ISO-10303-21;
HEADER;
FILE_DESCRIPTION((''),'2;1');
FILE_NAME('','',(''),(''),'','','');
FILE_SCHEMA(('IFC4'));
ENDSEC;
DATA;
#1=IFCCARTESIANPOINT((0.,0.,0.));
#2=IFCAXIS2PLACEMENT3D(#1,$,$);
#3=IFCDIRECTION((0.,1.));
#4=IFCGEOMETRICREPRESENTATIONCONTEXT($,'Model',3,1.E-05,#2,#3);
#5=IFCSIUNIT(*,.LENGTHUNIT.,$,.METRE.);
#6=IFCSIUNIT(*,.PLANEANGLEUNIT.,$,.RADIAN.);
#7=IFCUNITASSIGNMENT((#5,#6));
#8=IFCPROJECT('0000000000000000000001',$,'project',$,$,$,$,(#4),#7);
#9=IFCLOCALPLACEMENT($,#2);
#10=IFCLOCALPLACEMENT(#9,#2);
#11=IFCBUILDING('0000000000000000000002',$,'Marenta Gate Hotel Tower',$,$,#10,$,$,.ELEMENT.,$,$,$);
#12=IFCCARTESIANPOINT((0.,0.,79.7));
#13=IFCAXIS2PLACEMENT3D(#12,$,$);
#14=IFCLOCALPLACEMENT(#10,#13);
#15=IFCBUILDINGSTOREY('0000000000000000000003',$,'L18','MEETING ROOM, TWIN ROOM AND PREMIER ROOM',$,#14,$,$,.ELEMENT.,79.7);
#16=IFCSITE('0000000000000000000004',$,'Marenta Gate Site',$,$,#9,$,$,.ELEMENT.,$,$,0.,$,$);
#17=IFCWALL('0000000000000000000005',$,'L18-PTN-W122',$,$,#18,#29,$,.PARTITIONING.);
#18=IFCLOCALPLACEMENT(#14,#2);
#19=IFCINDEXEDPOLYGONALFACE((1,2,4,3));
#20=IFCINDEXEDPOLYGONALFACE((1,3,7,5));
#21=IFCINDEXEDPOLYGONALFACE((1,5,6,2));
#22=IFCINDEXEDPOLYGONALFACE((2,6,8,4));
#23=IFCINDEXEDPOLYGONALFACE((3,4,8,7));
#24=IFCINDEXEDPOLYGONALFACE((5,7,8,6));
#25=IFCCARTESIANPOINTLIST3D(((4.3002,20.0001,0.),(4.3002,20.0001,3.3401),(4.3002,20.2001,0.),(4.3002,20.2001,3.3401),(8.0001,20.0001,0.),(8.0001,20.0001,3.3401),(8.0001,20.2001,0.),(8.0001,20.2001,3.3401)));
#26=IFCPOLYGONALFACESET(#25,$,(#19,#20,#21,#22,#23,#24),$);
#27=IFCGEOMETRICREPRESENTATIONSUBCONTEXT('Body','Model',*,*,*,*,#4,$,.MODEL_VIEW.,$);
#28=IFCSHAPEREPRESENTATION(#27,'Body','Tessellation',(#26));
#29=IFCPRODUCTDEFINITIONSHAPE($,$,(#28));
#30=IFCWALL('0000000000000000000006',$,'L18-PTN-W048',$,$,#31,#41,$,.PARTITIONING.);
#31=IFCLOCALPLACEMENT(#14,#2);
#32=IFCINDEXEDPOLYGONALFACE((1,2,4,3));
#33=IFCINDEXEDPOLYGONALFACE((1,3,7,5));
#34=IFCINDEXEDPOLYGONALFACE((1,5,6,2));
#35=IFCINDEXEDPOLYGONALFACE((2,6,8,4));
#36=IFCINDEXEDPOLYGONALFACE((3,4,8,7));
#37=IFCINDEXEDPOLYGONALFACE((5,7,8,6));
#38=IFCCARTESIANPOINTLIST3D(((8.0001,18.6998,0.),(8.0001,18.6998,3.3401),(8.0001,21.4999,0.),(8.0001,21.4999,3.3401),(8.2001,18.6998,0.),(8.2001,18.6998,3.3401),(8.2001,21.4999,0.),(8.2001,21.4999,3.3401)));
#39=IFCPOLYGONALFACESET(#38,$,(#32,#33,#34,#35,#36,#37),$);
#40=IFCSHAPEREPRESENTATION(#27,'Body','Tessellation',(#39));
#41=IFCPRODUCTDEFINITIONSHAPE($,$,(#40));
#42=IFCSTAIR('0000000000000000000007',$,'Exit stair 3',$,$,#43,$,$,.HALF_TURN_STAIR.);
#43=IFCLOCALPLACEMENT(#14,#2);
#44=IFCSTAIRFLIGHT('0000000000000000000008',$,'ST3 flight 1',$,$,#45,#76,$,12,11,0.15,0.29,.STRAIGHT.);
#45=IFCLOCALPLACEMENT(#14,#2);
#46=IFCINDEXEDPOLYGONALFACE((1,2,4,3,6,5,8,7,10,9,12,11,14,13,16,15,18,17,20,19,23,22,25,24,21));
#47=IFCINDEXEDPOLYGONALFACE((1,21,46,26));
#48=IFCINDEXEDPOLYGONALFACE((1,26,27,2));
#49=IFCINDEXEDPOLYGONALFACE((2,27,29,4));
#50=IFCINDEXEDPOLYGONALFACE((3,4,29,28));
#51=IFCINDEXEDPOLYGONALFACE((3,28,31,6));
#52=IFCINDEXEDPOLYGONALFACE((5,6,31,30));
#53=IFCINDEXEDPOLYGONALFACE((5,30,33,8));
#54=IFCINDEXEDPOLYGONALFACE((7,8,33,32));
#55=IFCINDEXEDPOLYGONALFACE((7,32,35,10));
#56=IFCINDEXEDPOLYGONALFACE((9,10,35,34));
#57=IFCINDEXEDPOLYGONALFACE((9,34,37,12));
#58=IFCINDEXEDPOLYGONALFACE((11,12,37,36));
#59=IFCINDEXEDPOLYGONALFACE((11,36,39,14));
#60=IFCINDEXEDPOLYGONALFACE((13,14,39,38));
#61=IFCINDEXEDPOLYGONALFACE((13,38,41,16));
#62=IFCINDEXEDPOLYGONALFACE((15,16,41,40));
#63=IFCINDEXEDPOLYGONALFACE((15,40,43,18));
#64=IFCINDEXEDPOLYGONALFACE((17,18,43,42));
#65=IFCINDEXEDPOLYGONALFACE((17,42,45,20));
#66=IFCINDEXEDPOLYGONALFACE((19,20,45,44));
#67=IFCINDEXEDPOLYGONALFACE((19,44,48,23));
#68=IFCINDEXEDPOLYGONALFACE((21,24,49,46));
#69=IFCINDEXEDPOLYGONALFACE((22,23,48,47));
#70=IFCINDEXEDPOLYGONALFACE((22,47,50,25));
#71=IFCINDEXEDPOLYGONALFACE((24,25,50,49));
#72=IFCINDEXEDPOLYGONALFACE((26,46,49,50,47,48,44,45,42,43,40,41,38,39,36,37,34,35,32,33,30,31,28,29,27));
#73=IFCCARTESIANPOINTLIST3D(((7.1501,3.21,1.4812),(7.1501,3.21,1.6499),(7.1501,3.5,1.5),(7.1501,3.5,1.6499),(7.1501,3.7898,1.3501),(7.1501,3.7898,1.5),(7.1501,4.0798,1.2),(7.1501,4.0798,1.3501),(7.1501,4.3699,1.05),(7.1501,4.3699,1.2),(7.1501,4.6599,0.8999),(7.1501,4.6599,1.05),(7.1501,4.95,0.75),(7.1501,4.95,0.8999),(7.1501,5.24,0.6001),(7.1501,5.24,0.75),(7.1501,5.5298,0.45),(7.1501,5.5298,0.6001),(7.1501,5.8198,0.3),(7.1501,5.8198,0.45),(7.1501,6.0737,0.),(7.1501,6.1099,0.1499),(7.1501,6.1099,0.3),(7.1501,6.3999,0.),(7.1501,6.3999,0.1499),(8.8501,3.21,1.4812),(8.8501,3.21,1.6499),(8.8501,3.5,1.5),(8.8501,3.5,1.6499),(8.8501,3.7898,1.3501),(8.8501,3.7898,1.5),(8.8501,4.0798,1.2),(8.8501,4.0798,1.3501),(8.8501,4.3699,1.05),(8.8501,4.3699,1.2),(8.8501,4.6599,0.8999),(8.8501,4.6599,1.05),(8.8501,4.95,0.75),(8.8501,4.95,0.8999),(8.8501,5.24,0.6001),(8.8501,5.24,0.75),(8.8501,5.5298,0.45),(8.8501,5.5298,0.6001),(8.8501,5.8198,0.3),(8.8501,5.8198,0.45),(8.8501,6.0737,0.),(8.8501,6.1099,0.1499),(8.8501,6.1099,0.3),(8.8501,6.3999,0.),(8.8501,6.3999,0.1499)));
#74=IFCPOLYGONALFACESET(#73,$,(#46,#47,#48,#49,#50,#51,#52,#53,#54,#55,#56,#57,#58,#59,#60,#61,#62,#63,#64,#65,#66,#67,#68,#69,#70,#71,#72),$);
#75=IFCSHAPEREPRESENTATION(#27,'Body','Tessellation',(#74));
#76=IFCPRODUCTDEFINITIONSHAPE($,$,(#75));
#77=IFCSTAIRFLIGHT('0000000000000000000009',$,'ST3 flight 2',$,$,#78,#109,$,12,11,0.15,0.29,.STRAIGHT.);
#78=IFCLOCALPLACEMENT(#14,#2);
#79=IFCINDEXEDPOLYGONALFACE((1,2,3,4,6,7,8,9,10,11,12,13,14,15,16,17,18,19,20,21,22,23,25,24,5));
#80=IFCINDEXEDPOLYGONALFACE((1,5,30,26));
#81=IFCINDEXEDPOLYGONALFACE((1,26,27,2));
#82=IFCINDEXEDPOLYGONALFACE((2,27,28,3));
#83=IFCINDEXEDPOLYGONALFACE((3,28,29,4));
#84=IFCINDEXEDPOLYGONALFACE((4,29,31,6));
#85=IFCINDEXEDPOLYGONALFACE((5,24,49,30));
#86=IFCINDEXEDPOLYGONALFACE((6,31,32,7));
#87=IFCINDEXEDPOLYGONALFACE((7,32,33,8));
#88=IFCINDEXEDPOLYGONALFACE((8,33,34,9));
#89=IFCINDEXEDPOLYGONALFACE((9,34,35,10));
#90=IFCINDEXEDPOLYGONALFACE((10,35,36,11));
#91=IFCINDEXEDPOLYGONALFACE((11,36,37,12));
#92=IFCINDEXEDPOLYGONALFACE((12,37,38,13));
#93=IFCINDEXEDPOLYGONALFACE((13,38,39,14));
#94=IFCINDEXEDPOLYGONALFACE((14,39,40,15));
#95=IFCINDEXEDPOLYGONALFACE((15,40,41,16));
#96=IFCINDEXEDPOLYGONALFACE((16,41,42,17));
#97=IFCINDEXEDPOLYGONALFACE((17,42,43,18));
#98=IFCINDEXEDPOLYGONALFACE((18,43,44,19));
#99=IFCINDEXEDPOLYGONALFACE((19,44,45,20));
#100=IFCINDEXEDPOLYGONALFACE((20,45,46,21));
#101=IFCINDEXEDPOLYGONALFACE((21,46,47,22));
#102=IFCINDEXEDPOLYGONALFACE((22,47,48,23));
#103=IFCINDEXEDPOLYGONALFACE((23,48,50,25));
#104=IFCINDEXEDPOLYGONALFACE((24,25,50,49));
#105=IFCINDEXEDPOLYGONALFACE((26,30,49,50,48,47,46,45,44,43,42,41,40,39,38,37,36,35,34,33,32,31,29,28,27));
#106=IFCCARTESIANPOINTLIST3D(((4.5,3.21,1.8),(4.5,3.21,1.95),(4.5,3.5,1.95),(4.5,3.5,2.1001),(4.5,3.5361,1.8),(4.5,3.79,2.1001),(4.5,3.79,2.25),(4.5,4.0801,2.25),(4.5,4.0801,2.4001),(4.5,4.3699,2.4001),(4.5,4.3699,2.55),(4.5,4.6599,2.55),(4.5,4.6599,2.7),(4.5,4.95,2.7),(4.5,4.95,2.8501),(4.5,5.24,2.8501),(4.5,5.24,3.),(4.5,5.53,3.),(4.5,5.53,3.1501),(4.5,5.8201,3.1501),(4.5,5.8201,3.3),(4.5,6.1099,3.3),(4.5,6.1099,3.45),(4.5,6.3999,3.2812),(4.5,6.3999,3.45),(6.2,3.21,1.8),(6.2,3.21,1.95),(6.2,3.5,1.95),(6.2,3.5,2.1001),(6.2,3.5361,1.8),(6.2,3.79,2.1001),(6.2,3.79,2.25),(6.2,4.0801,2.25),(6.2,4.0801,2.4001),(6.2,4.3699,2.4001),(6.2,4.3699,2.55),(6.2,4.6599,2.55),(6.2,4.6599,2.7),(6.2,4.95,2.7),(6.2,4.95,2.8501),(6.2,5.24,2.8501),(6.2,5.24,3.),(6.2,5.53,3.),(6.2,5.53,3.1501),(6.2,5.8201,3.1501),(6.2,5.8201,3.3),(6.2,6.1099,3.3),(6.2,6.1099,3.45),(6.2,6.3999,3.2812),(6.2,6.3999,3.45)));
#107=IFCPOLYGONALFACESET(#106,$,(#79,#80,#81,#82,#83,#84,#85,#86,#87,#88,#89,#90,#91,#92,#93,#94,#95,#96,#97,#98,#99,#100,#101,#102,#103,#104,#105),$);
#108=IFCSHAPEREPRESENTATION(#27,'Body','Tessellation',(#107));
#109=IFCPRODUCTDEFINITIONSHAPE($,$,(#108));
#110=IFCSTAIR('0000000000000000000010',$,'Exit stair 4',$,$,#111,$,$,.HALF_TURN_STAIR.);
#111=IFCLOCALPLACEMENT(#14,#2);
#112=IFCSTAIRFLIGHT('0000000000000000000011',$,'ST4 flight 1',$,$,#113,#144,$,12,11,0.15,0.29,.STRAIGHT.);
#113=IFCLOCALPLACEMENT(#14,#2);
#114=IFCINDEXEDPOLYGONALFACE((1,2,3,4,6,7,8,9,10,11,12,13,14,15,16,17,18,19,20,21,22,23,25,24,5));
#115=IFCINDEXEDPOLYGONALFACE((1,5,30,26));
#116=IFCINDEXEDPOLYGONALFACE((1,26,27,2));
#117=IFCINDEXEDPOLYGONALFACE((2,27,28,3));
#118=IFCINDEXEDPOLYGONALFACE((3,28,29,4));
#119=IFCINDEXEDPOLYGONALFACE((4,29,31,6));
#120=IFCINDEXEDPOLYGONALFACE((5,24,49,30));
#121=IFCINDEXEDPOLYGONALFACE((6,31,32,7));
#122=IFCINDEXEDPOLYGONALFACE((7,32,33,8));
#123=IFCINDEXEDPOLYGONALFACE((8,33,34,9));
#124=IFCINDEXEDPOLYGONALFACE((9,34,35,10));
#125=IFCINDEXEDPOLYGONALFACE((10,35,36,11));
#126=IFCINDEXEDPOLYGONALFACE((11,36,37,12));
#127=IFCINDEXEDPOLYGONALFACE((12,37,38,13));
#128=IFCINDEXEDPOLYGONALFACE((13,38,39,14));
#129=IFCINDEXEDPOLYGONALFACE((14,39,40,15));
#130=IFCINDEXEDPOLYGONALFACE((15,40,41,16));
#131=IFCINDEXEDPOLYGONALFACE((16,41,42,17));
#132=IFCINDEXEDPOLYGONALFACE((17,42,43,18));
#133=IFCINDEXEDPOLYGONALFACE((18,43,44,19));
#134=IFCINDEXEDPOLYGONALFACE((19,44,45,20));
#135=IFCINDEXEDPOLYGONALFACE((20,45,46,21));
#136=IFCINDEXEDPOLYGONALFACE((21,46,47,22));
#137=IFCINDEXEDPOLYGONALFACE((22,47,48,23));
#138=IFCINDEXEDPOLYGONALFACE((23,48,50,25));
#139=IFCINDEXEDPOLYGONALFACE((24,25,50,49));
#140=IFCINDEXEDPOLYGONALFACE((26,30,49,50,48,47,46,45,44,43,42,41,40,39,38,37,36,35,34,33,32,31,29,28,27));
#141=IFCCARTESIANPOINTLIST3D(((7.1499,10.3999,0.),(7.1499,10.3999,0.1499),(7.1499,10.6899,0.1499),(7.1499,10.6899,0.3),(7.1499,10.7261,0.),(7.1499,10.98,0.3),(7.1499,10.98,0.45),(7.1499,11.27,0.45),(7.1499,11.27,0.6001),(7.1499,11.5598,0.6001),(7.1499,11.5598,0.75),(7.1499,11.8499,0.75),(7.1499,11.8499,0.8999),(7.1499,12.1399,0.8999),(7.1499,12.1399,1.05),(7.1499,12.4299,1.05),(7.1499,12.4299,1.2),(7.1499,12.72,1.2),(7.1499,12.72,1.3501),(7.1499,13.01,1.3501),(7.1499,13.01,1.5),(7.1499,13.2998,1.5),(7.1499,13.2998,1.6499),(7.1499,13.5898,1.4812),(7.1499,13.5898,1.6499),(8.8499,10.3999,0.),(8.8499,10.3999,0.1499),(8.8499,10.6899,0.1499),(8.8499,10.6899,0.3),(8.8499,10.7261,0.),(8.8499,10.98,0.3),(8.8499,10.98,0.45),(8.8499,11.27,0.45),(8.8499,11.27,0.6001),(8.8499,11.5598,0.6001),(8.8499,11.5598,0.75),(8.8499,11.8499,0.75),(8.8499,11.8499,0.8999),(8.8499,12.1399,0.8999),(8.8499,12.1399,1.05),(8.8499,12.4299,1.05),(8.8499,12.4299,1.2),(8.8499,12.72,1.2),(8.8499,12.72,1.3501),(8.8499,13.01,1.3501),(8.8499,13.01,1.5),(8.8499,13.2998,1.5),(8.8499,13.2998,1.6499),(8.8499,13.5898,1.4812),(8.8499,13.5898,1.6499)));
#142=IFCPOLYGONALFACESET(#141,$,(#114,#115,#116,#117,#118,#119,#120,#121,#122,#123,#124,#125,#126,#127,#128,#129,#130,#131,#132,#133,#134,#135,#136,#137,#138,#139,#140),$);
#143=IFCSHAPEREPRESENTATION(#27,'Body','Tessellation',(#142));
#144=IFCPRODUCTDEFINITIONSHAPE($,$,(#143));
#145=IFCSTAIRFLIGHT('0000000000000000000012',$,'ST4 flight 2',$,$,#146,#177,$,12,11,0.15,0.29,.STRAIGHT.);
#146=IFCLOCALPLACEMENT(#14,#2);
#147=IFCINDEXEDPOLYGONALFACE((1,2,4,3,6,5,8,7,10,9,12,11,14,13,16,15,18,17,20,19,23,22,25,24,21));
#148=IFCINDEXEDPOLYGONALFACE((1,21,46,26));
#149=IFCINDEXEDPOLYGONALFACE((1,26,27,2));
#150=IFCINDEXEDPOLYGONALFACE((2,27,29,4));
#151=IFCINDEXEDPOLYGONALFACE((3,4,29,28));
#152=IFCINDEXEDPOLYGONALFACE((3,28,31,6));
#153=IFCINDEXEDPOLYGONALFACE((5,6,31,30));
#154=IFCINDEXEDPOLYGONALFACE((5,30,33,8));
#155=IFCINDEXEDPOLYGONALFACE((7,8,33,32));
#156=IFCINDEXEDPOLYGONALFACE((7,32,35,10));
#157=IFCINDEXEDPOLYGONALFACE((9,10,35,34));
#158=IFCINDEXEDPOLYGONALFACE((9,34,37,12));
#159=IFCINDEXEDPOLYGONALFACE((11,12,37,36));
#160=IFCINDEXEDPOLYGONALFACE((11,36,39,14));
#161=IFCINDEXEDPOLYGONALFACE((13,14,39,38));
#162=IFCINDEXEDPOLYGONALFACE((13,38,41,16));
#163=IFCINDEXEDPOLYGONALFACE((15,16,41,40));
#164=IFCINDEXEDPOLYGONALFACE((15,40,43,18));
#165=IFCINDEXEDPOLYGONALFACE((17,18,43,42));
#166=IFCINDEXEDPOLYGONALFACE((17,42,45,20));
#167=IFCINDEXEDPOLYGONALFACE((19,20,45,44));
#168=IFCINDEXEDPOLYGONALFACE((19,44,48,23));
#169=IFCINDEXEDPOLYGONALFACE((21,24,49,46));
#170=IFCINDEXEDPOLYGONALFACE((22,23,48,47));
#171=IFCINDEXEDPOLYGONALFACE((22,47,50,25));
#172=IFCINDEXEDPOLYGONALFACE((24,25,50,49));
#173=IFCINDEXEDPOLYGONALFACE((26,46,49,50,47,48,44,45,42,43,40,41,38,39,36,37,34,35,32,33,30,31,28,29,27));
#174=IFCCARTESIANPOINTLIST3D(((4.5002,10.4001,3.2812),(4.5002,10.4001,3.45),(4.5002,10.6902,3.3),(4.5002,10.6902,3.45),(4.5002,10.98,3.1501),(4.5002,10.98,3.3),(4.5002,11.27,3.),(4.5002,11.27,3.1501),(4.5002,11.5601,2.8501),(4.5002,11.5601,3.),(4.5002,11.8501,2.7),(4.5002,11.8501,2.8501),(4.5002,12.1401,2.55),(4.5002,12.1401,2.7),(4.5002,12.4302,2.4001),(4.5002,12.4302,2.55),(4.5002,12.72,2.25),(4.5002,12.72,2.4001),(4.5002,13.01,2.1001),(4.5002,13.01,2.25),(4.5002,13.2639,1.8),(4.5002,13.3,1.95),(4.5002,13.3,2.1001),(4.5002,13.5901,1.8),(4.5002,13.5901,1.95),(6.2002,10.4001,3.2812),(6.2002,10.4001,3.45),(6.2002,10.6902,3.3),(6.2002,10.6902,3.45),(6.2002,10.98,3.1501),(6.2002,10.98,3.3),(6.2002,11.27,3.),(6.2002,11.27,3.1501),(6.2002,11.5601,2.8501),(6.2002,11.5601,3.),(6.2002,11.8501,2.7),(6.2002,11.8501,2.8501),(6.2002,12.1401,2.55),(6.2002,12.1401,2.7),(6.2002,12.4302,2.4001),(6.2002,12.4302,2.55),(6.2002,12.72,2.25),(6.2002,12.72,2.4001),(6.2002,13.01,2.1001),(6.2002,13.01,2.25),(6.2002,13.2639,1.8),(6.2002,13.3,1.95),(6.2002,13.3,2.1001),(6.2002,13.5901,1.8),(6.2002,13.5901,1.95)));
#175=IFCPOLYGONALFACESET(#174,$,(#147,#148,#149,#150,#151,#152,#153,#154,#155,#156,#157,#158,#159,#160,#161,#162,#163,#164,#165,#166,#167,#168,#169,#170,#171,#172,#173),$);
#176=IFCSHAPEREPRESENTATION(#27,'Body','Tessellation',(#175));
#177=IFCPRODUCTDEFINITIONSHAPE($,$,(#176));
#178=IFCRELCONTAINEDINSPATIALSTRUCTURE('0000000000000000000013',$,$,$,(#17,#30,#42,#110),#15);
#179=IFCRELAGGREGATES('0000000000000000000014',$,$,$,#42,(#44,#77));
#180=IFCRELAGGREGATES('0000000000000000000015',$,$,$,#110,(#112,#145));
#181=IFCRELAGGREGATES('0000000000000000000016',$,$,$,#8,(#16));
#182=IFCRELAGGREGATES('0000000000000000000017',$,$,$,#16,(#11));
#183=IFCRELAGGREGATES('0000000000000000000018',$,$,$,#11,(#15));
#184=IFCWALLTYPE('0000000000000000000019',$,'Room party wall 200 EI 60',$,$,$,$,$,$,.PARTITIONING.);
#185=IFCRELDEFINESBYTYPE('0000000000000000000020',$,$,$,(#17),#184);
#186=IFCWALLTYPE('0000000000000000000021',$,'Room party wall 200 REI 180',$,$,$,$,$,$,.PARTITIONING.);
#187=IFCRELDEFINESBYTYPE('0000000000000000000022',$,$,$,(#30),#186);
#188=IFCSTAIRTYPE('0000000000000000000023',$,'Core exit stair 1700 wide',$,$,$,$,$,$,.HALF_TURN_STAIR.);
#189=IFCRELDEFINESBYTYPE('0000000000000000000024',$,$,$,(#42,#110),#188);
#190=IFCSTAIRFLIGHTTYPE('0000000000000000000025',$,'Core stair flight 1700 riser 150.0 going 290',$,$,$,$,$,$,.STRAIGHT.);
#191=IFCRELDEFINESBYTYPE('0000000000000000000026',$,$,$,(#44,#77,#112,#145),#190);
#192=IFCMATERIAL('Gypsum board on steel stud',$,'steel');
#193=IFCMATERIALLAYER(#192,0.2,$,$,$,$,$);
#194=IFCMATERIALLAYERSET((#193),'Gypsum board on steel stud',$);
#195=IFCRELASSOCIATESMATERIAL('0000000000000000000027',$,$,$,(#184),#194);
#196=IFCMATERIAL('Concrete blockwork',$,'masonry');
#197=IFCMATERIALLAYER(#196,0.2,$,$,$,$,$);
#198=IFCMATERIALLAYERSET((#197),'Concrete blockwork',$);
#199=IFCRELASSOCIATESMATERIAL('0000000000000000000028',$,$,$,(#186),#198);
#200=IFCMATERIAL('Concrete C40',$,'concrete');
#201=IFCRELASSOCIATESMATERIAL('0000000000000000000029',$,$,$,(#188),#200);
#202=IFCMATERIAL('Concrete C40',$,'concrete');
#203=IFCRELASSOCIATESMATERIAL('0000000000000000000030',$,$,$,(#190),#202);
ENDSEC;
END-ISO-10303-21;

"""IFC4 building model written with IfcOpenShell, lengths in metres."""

from ifc_helpers import new_model, si_unit, direction, frame, frame_2d, origin, place, context, subcontext, project, spatial, polyline, rectangle, outline, extrude, material, layer, layer_set, type_object, element, aggregate, save


model = new_model("IFC4")

# Units and contexts
model_context = context("Model", 3, precision=1e-05, world=origin(), true_north=direction((0.0, 1.0)))
body_context = subcontext(model_context, "Body", "Model", "MODEL_VIEW")
ifc_project = project(units=[si_unit("LENGTHUNIT", "METRE"), si_unit("PLANEANGLEUNIT", "RADIAN")], contexts=[model_context])

# Site, building, storey
site_placement = place(None, origin())
site = spatial("IfcSite", under=ifc_project, at=site_placement, Name="Marenta Gate Site", CompositionType="ELEMENT", RefElevation=0.0)
building_placement = place(site_placement, origin())
building = spatial("IfcBuilding", under=site, at=building_placement, Name="Marenta Gate Hotel Tower", CompositionType="ELEMENT")
storey_placement = place(building_placement, frame((0.0, 0.0, 79.7)))
storey = spatial("IfcBuildingStorey", under=building, at=storey_placement, Name="L18", Description="MEETING ROOM, TWIN ROOM AND PREMIER ROOM", CompositionType="ELEMENT", Elevation=79.7)

# Walls
ifc_material_1 = material(Name="Gypsum board on steel stud", Category="steel")
ifc_layer_1 = layer(ifc_material_1, 0.2)
ifc_layer_set_1 = layer_set([ifc_layer_1], Name="Gypsum board on steel stud")
wall_type_1 = type_object("IfcWallType", Name="Room party wall 200 EI 60", PredefinedType="PARTITIONING", material=ifc_layer_set_1)
wall_1_placement = place(storey_placement, frame((4.3, 20.1001, 0.0), z_axis=(0.0, 0.0, 1.0), x_axis=(1.0, 0.0, 0.0)))
element("IfcWall", 1, at=wall_1_placement, inside=storey, type_object=wall_type_1, Name="L18-PTN-W122", PredefinedType="PARTITIONING", context=body_context, shape_type="SweptSolid", body=[
    extrude(rectangle(XDim=3.7, YDim=0.2, at=frame_2d((1.8501, 0.0))), origin(), (0.0, 0.0, 1.0), 3.3401),
])
ifc_material_2 = material(Name="Concrete blockwork", Category="masonry")
ifc_layer_2 = layer(ifc_material_2, 0.2)
ifc_layer_set_2 = layer_set([ifc_layer_2], Name="Concrete blockwork")
wall_type_2 = type_object("IfcWallType", Name="Room party wall 200 REI 180", PredefinedType="PARTITIONING", material=ifc_layer_set_2)
wall_2_placement = place(storey_placement, frame((8.1001, 18.7, 0.0), z_axis=(0.0, 0.0, 1.0), x_axis=(0.0, 1.0, 0.0)))
element("IfcWall", 2, at=wall_2_placement, inside=storey, type_object=wall_type_2, Name="L18-PTN-W048", PredefinedType="PARTITIONING", context=body_context, shape_type="SweptSolid", body=[
    extrude(rectangle(XDim=2.8, YDim=0.2, at=frame_2d((1.3999, 0.0))), origin(), (0.0, 0.0, 1.0), 3.3401),
])

# Stairs, stair flights
ifc_material_3 = material(Name="Concrete C40", Category="concrete")
stair_type = type_object("IfcStairType", Name="Core exit stair 1700 wide", PredefinedType="HALF_TURN_STAIR", material=ifc_material_3)
stair_1_placement = place(storey_placement, origin())
stair_1 = element("IfcStair", 3, at=stair_1_placement, inside=storey, type_object=stair_type, Name="Exit stair 3", PredefinedType="HALF_TURN_STAIR")
ifc_material_4 = material(Name="Concrete C40", Category="concrete")
stair_flight_type = type_object("IfcStairFlightType", Name="Core stair flight 1700 riser 150.0 going 290", PredefinedType="STRAIGHT", material=ifc_material_4)
stair_flight_1_placement = place(storey_placement, frame((8.0, 6.3999, 0.0), z_axis=(0.0, 0.0, 1.0), x_axis=(0.0, -1.0, 0.0)))
stair_flight_1 = element("IfcStairFlight", 4, at=stair_flight_1_placement, type_object=stair_flight_type, Name="ST3 flight 1", NumberOfRisers=12, NumberOfTreads=11, PredefinedType="STRAIGHT", RiserHeight=0.15, TreadLength=0.29, context=body_context, shape_type="SweptSolid", body=[
    extrude(outline(polyline([(0.0, 0.0), (0.0, 0.1499), (0.29, 0.1499), (0.29, 0.3), (0.5801, 0.3), (0.5801, 0.45), (0.8701, 0.45), (0.8701, 0.6001), (1.1599, 0.6001), (1.1599, 0.75), (1.45, 0.75), (1.45, 0.8999), (1.74, 0.8999), (1.74, 1.05), (2.03, 1.05), (2.03, 1.2), (2.3201, 1.2), (2.3201, 1.3501), (2.6101, 1.3501), (2.6101, 1.5), (2.8999, 1.5), (2.8999, 1.6499), (3.1899, 1.6499), (3.1899, 1.8), (3.1899, 1.4812), (0.3262, 0.0), (0.0, 0.0)])), frame((0.0, 0.8501, 0.0), z_axis=(0.0, -1.0, 0.0), x_axis=(1.0, 0.0, 0.0)), (0.0, 0.0, 1.0), 1.7),
])
stair_flight_2_placement = place(storey_placement, frame((5.3501, 3.21, 1.8), z_axis=(0.0, 0.0, 1.0), x_axis=(0.0, 1.0, 0.0)))
stair_flight_2 = element("IfcStairFlight", 5, at=stair_flight_2_placement, type_object=stair_flight_type, Name="ST3 flight 2", NumberOfRisers=12, NumberOfTreads=11, PredefinedType="STRAIGHT", RiserHeight=0.15, TreadLength=0.29, context=body_context, shape_type="SweptSolid", body=[
    extrude(outline(polyline([(0.0, 0.0), (0.0, 0.1499), (0.29, 0.1499), (0.29, 0.3), (0.5801, 0.3), (0.5801, 0.45), (0.8701, 0.45), (0.8701, 0.6001), (1.1599, 0.6001), (1.1599, 0.75), (1.45, 0.75), (1.45, 0.8999), (1.74, 0.8999), (1.74, 1.05), (2.03, 1.05), (2.03, 1.2), (2.3201, 1.2), (2.3201, 1.3501), (2.6101, 1.3501), (2.6101, 1.5), (2.8999, 1.5), (2.8999, 1.6499), (3.1899, 1.6499), (3.1899, 1.8), (3.1899, 1.4812), (0.3262, 0.0), (0.0, 0.0)])), frame((0.0, 0.8501, 0.0), z_axis=(0.0, -1.0, 0.0), x_axis=(1.0, 0.0, 0.0)), (0.0, 0.0, 1.0), 1.7),
])
aggregate(stair_1, [stair_flight_1, stair_flight_2])
stair_2_placement = place(storey_placement, origin())
stair_2 = element("IfcStair", 6, at=stair_2_placement, inside=storey, type_object=stair_type, Name="Exit stair 4", PredefinedType="HALF_TURN_STAIR")
stair_flight_3_placement = place(storey_placement, frame((8.0, 10.3999, 0.0), z_axis=(0.0, 0.0, 1.0), x_axis=(0.0, 1.0, 0.0)))
stair_flight_3 = element("IfcStairFlight", 7, at=stair_flight_3_placement, type_object=stair_flight_type, Name="ST4 flight 1", NumberOfRisers=12, NumberOfTreads=11, PredefinedType="STRAIGHT", RiserHeight=0.15, TreadLength=0.29, context=body_context, shape_type="SweptSolid", body=[
    extrude(outline(polyline([(0.0, 0.0), (0.0, 0.1499), (0.29, 0.1499), (0.29, 0.3), (0.5801, 0.3), (0.5801, 0.45), (0.8701, 0.45), (0.8701, 0.6001), (1.1599, 0.6001), (1.1599, 0.75), (1.45, 0.75), (1.45, 0.8999), (1.74, 0.8999), (1.74, 1.05), (2.03, 1.05), (2.03, 1.2), (2.3201, 1.2), (2.3201, 1.3501), (2.6101, 1.3501), (2.6101, 1.5), (2.8999, 1.5), (2.8999, 1.6499), (3.1899, 1.6499), (3.1899, 1.8), (3.1899, 1.4812), (0.3262, 0.0), (0.0, 0.0)])), frame((0.0, 0.8501, 0.0), z_axis=(0.0, -1.0, 0.0), x_axis=(1.0, 0.0, 0.0)), (0.0, 0.0, 1.0), 1.7),
])
stair_flight_4_placement = place(storey_placement, frame((5.3501, 13.5901, 1.8), z_axis=(0.0, 0.0, 1.0), x_axis=(0.0, -1.0, 0.0)))
stair_flight_4 = element("IfcStairFlight", 8, at=stair_flight_4_placement, type_object=stair_flight_type, Name="ST4 flight 2", NumberOfRisers=12, NumberOfTreads=11, PredefinedType="STRAIGHT", RiserHeight=0.15, TreadLength=0.29, context=body_context, shape_type="SweptSolid", body=[
    extrude(outline(polyline([(0.0, 0.0), (0.0, 0.1499), (0.29, 0.1499), (0.29, 0.3), (0.5801, 0.3), (0.5801, 0.45), (0.8701, 0.45), (0.8701, 0.6001), (1.1599, 0.6001), (1.1599, 0.75), (1.45, 0.75), (1.45, 0.8999), (1.74, 0.8999), (1.74, 1.05), (2.03, 1.05), (2.03, 1.2), (2.3201, 1.2), (2.3201, 1.3501), (2.6101, 1.3501), (2.6101, 1.5), (2.8999, 1.5), (2.8999, 1.6499), (3.1899, 1.6499), (3.1899, 1.8), (3.1899, 1.4812), (0.3262, 0.0), (0.0, 0.0)])), frame((0.0, 0.8501, 0.0), z_axis=(0.0, -1.0, 0.0), x_axis=(1.0, 0.0, 0.0)), (0.0, 0.0, 1.0), 1.7),
])
aggregate(stair_2, [stair_flight_3, stair_flight_4])

save(model, "model.ifc")
